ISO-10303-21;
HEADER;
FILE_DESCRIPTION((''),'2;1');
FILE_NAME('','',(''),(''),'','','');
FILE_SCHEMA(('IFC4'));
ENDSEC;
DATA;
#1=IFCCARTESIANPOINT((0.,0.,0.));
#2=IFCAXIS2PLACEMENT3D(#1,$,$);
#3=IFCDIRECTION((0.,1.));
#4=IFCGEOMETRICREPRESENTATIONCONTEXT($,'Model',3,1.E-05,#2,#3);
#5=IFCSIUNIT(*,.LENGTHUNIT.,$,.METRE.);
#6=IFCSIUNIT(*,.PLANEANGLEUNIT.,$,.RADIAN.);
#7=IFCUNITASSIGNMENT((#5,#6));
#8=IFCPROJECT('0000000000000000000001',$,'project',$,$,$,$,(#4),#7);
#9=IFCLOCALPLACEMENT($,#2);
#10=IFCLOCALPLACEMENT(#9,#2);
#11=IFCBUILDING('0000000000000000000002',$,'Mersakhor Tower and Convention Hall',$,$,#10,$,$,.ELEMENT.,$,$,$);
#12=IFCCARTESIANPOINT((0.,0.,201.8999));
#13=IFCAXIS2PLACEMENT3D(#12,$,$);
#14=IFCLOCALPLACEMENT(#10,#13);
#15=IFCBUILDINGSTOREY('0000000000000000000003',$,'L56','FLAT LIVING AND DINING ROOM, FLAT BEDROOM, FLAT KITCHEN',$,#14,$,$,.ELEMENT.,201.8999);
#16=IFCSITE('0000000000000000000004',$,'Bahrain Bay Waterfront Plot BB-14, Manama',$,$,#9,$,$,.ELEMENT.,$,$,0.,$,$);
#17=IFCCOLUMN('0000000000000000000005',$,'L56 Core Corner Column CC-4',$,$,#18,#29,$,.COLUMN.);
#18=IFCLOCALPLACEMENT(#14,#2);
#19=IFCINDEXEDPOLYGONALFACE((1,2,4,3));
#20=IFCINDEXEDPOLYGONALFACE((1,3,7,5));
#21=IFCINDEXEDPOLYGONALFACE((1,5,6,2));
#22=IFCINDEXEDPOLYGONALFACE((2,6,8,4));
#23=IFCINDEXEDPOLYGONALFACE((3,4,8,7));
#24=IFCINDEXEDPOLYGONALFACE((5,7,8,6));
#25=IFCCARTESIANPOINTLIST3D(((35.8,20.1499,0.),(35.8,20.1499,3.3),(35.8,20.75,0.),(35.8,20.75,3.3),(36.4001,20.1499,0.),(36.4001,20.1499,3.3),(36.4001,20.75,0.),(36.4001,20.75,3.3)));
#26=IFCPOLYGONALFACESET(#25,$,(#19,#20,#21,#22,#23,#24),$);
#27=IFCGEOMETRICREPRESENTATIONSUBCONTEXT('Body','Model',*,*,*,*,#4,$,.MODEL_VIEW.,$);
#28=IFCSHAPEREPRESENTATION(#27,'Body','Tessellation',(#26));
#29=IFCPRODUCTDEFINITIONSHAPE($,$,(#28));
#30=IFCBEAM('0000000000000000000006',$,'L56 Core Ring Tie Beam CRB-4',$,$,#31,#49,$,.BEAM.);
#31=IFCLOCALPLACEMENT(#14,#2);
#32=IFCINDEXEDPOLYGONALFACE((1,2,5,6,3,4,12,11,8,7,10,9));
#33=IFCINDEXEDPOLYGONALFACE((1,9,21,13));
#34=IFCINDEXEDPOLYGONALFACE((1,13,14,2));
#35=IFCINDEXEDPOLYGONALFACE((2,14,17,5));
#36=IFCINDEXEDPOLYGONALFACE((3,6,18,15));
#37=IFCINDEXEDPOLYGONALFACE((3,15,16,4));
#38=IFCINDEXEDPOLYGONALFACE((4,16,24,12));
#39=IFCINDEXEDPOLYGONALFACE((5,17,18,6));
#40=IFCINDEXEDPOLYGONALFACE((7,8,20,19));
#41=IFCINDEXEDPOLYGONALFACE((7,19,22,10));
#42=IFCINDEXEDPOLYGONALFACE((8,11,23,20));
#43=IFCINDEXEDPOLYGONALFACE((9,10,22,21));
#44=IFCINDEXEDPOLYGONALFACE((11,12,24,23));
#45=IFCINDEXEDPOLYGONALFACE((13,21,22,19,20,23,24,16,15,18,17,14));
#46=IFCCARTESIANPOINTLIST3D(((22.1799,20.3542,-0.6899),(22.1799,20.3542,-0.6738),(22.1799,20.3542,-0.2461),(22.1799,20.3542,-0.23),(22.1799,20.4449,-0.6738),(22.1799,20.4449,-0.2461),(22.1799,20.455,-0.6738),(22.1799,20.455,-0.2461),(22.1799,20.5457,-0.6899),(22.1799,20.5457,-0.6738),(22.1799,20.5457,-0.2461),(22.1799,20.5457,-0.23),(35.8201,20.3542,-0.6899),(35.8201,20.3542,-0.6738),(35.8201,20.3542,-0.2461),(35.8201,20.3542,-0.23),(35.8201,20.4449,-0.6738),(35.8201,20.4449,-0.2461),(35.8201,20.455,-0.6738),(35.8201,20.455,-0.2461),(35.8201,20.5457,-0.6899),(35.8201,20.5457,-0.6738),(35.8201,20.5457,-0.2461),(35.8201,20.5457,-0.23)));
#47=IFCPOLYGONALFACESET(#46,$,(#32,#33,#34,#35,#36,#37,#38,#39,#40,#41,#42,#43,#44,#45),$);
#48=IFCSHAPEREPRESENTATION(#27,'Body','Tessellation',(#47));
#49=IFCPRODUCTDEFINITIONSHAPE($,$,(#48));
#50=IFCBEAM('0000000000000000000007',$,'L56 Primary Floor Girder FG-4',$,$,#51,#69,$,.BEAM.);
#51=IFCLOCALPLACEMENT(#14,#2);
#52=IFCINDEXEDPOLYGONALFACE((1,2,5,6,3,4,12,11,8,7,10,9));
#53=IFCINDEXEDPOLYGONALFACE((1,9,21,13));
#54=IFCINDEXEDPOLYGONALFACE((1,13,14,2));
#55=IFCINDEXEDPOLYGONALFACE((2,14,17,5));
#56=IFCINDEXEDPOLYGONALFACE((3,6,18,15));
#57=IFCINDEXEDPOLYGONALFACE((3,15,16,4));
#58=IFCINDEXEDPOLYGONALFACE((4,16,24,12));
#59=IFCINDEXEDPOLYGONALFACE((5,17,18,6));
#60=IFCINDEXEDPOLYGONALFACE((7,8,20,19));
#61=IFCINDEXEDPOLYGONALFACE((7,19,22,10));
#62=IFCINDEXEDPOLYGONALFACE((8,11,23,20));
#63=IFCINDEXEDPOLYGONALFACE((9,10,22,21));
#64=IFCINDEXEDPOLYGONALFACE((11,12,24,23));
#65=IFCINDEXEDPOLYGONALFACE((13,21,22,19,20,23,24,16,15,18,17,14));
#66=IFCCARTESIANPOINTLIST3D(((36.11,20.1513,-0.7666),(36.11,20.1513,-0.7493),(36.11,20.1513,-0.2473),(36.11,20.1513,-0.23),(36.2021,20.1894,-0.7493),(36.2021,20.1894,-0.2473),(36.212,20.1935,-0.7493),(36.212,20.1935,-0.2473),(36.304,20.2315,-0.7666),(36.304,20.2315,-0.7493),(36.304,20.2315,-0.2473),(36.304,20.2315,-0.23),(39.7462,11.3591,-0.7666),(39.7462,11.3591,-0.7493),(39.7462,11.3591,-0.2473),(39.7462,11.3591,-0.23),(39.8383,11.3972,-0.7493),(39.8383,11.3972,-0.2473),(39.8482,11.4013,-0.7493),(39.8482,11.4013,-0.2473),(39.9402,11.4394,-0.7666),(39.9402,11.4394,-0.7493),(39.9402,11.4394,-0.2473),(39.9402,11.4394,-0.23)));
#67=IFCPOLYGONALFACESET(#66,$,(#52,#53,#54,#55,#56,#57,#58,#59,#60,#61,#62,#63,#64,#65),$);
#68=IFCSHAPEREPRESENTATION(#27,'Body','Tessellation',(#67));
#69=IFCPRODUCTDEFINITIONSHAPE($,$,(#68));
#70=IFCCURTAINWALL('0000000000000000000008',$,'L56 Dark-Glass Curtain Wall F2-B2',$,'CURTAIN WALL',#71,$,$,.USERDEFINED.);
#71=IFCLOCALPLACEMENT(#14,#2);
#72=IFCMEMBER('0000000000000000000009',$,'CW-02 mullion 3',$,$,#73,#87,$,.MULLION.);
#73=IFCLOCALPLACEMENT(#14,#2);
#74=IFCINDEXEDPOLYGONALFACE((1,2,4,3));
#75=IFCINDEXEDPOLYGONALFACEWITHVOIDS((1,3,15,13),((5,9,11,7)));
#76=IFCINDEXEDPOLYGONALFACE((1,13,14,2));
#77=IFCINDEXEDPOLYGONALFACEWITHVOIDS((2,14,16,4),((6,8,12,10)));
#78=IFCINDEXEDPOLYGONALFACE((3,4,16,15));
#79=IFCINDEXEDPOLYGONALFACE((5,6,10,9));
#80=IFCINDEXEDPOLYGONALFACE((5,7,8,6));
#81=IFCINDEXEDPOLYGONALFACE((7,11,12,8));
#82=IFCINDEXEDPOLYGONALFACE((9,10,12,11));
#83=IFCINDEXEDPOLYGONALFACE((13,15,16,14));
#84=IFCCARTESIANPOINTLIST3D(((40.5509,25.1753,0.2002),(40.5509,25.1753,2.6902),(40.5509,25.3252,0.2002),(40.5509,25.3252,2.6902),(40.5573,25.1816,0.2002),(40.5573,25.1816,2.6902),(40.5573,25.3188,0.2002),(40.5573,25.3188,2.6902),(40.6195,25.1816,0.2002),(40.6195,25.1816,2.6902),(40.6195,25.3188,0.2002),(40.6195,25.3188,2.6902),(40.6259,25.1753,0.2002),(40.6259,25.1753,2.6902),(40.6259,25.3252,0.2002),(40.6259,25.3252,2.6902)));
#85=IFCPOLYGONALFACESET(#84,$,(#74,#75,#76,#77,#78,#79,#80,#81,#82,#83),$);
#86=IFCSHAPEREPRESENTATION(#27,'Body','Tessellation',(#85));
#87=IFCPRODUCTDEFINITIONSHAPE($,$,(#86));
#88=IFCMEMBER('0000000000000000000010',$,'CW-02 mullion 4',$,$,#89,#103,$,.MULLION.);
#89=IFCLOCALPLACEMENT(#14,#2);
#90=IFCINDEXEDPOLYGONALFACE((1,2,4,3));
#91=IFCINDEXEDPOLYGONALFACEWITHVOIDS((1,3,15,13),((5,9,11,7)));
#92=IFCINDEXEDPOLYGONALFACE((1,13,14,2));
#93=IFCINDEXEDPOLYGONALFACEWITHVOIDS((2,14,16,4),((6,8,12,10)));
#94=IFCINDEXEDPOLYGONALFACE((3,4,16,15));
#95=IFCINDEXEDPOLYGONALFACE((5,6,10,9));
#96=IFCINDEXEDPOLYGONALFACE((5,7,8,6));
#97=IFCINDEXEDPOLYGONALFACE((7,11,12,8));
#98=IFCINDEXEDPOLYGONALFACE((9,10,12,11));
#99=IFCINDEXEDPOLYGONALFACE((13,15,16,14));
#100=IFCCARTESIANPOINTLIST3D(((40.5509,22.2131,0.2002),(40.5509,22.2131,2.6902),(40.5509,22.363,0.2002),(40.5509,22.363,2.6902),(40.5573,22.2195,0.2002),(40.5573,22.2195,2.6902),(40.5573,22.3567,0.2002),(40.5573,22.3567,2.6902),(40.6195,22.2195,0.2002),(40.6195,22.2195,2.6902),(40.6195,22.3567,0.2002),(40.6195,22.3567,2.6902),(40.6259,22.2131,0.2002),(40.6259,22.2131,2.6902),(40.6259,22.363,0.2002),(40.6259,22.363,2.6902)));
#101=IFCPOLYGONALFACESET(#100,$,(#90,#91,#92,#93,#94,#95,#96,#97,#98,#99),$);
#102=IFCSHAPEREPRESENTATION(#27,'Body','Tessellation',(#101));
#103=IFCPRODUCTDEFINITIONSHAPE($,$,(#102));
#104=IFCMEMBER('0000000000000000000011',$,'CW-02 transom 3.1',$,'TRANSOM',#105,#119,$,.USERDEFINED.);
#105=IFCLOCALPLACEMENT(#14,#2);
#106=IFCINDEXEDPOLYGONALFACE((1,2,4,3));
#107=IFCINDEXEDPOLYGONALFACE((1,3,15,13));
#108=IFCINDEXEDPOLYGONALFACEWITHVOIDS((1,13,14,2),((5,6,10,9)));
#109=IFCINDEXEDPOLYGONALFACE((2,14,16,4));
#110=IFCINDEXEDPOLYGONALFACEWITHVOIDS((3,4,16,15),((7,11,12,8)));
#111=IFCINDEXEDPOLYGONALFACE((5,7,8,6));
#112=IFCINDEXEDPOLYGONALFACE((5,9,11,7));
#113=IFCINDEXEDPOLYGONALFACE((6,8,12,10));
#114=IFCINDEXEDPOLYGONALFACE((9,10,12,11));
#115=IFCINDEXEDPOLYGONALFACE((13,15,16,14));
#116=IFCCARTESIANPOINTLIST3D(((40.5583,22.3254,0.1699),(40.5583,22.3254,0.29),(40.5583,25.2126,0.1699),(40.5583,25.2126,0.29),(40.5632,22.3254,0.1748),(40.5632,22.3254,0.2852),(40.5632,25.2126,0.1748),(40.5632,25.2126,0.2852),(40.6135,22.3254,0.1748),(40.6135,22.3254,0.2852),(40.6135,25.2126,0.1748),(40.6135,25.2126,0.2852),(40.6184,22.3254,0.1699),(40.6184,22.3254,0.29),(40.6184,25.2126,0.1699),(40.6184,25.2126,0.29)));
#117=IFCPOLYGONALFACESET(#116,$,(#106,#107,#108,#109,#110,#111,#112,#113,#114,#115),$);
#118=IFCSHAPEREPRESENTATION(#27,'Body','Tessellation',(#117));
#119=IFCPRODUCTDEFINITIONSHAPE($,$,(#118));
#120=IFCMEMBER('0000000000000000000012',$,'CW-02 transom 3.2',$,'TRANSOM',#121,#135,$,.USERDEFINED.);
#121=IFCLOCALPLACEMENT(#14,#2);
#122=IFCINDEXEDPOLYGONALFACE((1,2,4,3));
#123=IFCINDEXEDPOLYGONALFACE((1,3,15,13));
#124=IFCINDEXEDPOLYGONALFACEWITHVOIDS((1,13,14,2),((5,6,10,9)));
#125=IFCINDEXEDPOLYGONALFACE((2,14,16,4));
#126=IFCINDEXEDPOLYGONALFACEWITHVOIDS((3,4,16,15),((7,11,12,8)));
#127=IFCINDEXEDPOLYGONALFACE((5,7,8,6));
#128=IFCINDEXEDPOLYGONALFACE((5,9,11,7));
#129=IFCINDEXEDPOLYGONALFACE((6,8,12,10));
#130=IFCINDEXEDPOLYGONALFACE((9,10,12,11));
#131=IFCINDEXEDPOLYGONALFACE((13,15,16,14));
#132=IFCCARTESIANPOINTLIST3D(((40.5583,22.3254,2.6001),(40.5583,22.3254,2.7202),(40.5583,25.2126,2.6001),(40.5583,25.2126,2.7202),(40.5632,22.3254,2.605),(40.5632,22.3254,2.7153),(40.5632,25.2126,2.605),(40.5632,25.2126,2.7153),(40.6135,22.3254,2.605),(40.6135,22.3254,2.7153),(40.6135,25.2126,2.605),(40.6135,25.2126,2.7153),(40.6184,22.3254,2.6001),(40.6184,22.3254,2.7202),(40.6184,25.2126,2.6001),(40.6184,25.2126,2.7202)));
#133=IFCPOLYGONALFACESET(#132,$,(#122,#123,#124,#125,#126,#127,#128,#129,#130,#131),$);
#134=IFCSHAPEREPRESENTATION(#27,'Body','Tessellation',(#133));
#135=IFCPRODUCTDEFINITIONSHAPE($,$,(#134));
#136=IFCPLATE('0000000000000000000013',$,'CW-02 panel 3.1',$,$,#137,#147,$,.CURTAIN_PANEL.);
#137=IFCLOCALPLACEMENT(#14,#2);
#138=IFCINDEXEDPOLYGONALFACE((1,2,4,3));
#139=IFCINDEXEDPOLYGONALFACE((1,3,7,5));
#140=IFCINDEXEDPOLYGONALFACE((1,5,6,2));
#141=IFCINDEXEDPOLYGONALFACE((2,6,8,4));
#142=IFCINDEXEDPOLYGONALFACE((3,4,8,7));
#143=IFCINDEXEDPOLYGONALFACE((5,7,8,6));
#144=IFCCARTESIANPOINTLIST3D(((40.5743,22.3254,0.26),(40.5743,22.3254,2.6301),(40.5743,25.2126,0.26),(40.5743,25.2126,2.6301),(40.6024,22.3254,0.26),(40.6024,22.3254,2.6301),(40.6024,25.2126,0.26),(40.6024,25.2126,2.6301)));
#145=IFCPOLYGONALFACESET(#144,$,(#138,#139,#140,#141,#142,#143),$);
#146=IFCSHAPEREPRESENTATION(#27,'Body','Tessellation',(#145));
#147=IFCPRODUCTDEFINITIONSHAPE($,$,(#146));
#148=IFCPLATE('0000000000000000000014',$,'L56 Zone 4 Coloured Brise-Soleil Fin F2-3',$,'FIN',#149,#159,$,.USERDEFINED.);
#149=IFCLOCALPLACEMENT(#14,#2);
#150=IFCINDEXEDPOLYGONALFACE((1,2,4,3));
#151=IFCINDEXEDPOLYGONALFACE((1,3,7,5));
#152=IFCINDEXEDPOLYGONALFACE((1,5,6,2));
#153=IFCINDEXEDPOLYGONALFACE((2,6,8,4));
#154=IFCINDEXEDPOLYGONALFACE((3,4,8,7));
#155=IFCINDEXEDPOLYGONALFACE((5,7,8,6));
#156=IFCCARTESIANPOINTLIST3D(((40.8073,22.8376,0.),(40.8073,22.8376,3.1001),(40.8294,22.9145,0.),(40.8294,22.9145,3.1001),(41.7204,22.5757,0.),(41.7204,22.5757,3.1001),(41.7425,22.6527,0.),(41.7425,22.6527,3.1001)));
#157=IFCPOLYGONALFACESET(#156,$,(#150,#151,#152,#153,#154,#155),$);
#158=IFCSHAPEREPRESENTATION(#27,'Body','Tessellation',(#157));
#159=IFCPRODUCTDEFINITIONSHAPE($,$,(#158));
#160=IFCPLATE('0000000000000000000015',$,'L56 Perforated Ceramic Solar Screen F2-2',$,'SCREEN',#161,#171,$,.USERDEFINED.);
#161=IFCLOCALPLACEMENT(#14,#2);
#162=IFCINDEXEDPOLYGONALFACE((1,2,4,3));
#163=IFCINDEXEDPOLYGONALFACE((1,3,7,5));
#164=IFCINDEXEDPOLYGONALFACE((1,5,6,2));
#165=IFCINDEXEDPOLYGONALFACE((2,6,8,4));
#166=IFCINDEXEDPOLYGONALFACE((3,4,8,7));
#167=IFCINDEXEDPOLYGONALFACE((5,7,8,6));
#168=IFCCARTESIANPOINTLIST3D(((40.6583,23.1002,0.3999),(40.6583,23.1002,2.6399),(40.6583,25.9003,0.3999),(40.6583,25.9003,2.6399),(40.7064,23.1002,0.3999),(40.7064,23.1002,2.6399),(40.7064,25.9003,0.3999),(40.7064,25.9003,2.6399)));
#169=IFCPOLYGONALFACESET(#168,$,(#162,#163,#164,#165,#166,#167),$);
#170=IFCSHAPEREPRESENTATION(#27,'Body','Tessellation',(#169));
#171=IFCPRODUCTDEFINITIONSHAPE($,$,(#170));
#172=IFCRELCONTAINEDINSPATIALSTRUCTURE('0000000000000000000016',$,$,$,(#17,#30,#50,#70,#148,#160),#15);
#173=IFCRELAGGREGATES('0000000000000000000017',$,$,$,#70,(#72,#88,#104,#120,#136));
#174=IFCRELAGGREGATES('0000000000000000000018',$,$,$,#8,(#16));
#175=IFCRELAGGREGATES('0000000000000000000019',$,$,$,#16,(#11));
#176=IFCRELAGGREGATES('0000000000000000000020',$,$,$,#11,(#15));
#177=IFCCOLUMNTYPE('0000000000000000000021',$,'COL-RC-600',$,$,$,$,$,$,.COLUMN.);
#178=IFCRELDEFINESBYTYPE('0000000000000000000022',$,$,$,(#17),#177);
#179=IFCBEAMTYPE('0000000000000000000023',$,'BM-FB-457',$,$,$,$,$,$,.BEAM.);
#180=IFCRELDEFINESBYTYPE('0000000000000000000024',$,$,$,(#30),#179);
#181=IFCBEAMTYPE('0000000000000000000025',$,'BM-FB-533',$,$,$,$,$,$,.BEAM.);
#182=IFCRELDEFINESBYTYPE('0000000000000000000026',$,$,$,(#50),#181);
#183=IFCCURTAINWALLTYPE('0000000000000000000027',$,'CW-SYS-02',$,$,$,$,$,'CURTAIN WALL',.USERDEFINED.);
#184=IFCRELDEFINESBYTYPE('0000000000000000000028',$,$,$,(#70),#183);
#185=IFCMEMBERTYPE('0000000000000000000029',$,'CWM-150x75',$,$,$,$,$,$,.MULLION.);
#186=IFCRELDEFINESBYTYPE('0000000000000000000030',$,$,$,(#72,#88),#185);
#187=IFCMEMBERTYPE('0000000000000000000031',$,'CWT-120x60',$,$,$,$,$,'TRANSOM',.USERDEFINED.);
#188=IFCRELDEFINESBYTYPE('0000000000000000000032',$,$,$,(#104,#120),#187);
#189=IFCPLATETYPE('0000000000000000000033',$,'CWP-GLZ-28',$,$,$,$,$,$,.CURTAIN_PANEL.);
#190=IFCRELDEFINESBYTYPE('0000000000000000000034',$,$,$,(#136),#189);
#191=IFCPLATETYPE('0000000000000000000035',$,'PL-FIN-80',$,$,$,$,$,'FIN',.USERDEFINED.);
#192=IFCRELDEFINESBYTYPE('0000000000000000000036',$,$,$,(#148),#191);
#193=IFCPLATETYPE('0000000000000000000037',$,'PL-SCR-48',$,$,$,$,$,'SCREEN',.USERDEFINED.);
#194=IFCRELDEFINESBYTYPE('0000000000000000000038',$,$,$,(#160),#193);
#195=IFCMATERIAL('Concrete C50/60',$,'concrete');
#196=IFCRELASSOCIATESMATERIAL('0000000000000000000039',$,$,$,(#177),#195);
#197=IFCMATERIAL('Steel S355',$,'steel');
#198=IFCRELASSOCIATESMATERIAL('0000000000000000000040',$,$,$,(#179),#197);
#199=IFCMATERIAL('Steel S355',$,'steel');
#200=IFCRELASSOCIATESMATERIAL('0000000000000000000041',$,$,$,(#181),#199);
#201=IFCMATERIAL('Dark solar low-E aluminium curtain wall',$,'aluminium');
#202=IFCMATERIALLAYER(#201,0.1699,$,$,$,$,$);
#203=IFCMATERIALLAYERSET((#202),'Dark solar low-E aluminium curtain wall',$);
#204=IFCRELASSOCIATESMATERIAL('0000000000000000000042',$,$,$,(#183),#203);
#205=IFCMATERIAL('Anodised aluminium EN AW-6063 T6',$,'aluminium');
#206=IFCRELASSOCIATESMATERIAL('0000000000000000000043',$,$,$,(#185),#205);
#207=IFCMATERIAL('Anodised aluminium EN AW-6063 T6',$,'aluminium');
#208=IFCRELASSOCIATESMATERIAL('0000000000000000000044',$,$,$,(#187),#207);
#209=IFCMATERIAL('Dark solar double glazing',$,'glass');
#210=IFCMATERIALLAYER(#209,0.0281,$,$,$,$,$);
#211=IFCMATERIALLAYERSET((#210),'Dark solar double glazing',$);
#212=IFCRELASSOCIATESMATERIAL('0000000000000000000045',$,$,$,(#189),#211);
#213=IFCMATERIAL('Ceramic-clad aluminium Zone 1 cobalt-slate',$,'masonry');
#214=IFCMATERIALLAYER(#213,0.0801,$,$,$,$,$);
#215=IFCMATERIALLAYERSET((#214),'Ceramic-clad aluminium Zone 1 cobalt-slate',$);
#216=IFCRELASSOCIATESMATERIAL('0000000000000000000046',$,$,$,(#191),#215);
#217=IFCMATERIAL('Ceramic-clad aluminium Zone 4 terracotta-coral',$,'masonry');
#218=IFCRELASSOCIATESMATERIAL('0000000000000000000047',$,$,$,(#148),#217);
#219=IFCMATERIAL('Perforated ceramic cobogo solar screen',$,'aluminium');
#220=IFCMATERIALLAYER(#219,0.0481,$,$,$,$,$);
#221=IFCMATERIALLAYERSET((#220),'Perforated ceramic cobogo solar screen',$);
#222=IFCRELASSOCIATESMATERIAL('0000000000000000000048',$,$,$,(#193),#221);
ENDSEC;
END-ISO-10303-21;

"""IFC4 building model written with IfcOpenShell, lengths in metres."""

from ifc_helpers import new_model, si_unit, direction, frame, origin, origin_2d, place, context, subcontext, project, spatial, rectangle, hollow_rectangle, i_section, extrude, material, layer, layer_set, material_profile, profile_set, type_object, element, aggregate, save


model = new_model("IFC4")

# Units and contexts
model_context = context("Model", 3, precision=1e-05, world=origin(), true_north=direction((0.0, 1.0)))
body_context = subcontext(model_context, "Body", "Model", "MODEL_VIEW")
ifc_project = project(units=[si_unit("LENGTHUNIT", "METRE"), si_unit("PLANEANGLEUNIT", "RADIAN")], contexts=[model_context])

# Site, building, storey
site_placement = place(None, origin())
site = spatial("IfcSite", under=ifc_project, at=site_placement, Name="Bahrain Bay Waterfront Plot BB-14, Manama", CompositionType="ELEMENT", RefElevation=0.0)
building_placement = place(site_placement, origin())
building = spatial("IfcBuilding", under=site, at=building_placement, Name="Mersakhor Tower and Convention Hall", CompositionType="ELEMENT")
storey_placement = place(building_placement, frame((0.0, 0.0, 201.8999)))
storey = spatial("IfcBuildingStorey", under=building, at=storey_placement, Name="L56", Description="FLAT LIVING AND DINING ROOM, FLAT BEDROOM, FLAT KITCHEN", CompositionType="ELEMENT", Elevation=201.8999)

# Column
ifc_material_1 = material(Name="Concrete C50/60", Category="concrete")
ifc_material_profile_1 = material_profile(ifc_material_1, rectangle(XDim=0.6001, YDim=0.6001, at=origin_2d()), Name="RC 600x600")
ifc_profile_set_1 = profile_set([ifc_material_profile_1], Name="Concrete C50/60")
column_type = type_object("IfcColumnType", Name="COL-RC-600", PredefinedType="COLUMN", material=ifc_profile_set_1)
column_placement = place(storey_placement, frame((36.1001, 20.45, 0.0), z_axis=(0.0, 0.0, 1.0), x_axis=(1.0, 0.0, 0.0)))
element("IfcColumn", 1, at=column_placement, inside=storey, type_object=column_type, Name="L56 Core Corner Column CC-4", PredefinedType="COLUMN", context=body_context, shape_type="SweptSolid", body=[
    extrude(rectangle(XDim=0.6001, YDim=0.6001, at=origin_2d()), origin(), (0.0, 0.0, 1.0), 3.3),
])

# Beams
ifc_material_2 = material(Name="Steel S355", Category="steel")
ifc_material_profile_2 = material_profile(ifc_material_2, i_section(OverallWidth=0.1914, OverallDepth=0.46, WebThickness=0.01, FlangeThickness=0.0161, at=origin_2d()), Name="UB 457x191x82")
ifc_profile_set_2 = profile_set([ifc_material_profile_2], Name="Steel S355")
beam_type_1 = type_object("IfcBeamType", Name="BM-FB-457", PredefinedType="BEAM", material=ifc_profile_set_2)
beam_1_placement = place(storey_placement, frame((35.8201, 20.45, -0.46), z_axis=(-1.0, 0.0, 0.0), x_axis=(0.0, -1.0, 0.0)))
element("IfcBeam", 2, at=beam_1_placement, inside=storey, type_object=beam_type_1, Name="L56 Core Ring Tie Beam CRB-4", PredefinedType="BEAM", context=body_context, shape_type="SweptSolid", body=[
    extrude(i_section(OverallWidth=0.1914, OverallDepth=0.46, WebThickness=0.01, FlangeThickness=0.0161, at=origin_2d()), origin(), (0.0, 0.0, 1.0), 13.6401),
])
ifc_material_3 = material(Name="Steel S355", Category="steel")
ifc_material_profile_3 = material_profile(ifc_material_3, i_section(OverallWidth=0.21, OverallDepth=0.5366, WebThickness=0.0107, FlangeThickness=0.0173, at=origin_2d()), Name="UB 533x210x101")
ifc_profile_set_3 = profile_set([ifc_material_profile_3], Name="Steel S355")
beam_type_2 = type_object("IfcBeamType", Name="BM-FB-533", PredefinedType="BEAM", material=ifc_profile_set_3)
beam_2_placement = place(storey_placement, frame((36.207, 20.1914, -0.4983), z_axis=(0.382178, -0.924089, 0.0), x_axis=(0.924089, 0.382178, 0.0)))
element("IfcBeam", 3, at=beam_2_placement, inside=storey, type_object=beam_type_2, Name="L56 Primary Floor Girder FG-4", PredefinedType="BEAM", context=body_context, shape_type="SweptSolid", body=[
    extrude(i_section(OverallWidth=0.21, OverallDepth=0.5366, WebThickness=0.0107, FlangeThickness=0.0173, at=origin_2d()), origin(), (0.0, 0.0, 1.0), 9.5144),
])

# Curtain wall, members, plate
ifc_material_4 = material(Name="Dark solar low-E aluminium curtain wall", Category="aluminium")
ifc_layer_1 = layer(ifc_material_4, 0.1699)
ifc_layer_set_1 = layer_set([ifc_layer_1], Name="Dark solar low-E aluminium curtain wall")
curtain_wall_type = type_object("IfcCurtainWallType", Name="CW-SYS-02", ElementType="CURTAIN WALL", PredefinedType="USERDEFINED", material=ifc_layer_set_1)
curtain_wall_placement = place(storey_placement, origin())
curtain_wall = element("IfcCurtainWall", 4, at=curtain_wall_placement, inside=storey, type_object=curtain_wall_type, Name="L56 Dark-Glass Curtain Wall F2-B2", ObjectType="CURTAIN WALL", PredefinedType="USERDEFINED")
ifc_material_5 = material(Name="Anodised aluminium EN AW-6063 T6", Category="aluminium")
ifc_material_profile_4 = material_profile(ifc_material_5, hollow_rectangle(XDim=0.075, YDim=0.1499, WallThickness=0.0063, at=origin_2d()), Name="RHS 150x75x6.3")
ifc_profile_set_4 = profile_set([ifc_material_profile_4], Name="Anodised aluminium EN AW-6063 T6")
member_type_1 = type_object("IfcMemberType", Name="CWM-150x75", PredefinedType="MULLION", material=ifc_profile_set_4)
member_1_placement = place(storey_placement, frame((40.5884, 25.2502, 0.2002), z_axis=(0.0, 0.0, 1.0), x_axis=(1.0, 0.0, 0.0)))
member_1 = element("IfcMember", 5, at=member_1_placement, type_object=member_type_1, Name="CW-02 mullion 3", PredefinedType="MULLION", context=body_context, shape_type="SweptSolid", body=[
    extrude(hollow_rectangle(XDim=0.075, YDim=0.1499, WallThickness=0.0063, at=origin_2d()), origin(), (0.0, 0.0, 1.0), 2.49),
])
member_2_placement = place(storey_placement, frame((40.5884, 22.2881, 0.2002), z_axis=(0.0, 0.0, 1.0), x_axis=(1.0, 0.0, 0.0)))
member_2 = element("IfcMember", 6, at=member_2_placement, type_object=member_type_1, Name="CW-02 mullion 4", PredefinedType="MULLION", context=body_context, shape_type="SweptSolid", body=[
    extrude(hollow_rectangle(XDim=0.075, YDim=0.1499, WallThickness=0.0063, at=origin_2d()), origin(), (0.0, 0.0, 1.0), 2.49),
])
ifc_material_6 = material(Name="Anodised aluminium EN AW-6063 T6", Category="aluminium")
ifc_material_profile_5 = material_profile(ifc_material_6, hollow_rectangle(XDim=0.0601, YDim=0.1201, WallThickness=0.0049, at=origin_2d()), Name="RHS 120x60x5")
ifc_profile_set_5 = profile_set([ifc_material_profile_5], Name="Anodised aluminium EN AW-6063 T6")
member_type_2 = type_object("IfcMemberType", Name="CWT-120x60", ElementType="TRANSOM", PredefinedType="USERDEFINED", material=ifc_profile_set_5)
member_3_placement = place(storey_placement, frame((40.5884, 25.2126, 0.23), z_axis=(0.0, -1.0, 0.0), x_axis=(1.0, 0.0, 0.0)))
member_3 = element("IfcMember", 7, at=member_3_placement, type_object=member_type_2, Name="CW-02 transom 3.1", ObjectType="TRANSOM", PredefinedType="USERDEFINED", context=body_context, shape_type="SweptSolid", body=[
    extrude(hollow_rectangle(XDim=0.0601, YDim=0.1201, WallThickness=0.0049, at=origin_2d()), origin(), (0.0, 0.0, 1.0), 2.8872),
])
member_4_placement = place(storey_placement, frame((40.5884, 25.2126, 2.6602), z_axis=(0.0, -1.0, 0.0), x_axis=(1.0, 0.0, 0.0)))
member_4 = element("IfcMember", 8, at=member_4_placement, type_object=member_type_2, Name="CW-02 transom 3.2", ObjectType="TRANSOM", PredefinedType="USERDEFINED", context=body_context, shape_type="SweptSolid", body=[
    extrude(hollow_rectangle(XDim=0.0601, YDim=0.1201, WallThickness=0.0049, at=origin_2d()), origin(), (0.0, 0.0, 1.0), 2.8872),
])
ifc_material_7 = material(Name="Dark solar double glazing", Category="glass")
ifc_layer_2 = layer(ifc_material_7, 0.0281)
ifc_layer_set_2 = layer_set([ifc_layer_2], Name="Dark solar double glazing")
plate_type_1 = type_object("IfcPlateType", Name="CWP-GLZ-28", PredefinedType="CURTAIN_PANEL", material=ifc_layer_set_2)
plate_1_placement = place(storey_placement, frame((40.5884, 23.769, 0.26), z_axis=(0.0, 0.0, 1.0), x_axis=(0.0, -1.0, 0.0)))
plate_1 = element("IfcPlate", 9, at=plate_1_placement, type_object=plate_type_1, Name="CW-02 panel 3.1", PredefinedType="CURTAIN_PANEL", context=body_context, shape_type="SweptSolid", body=[
    extrude(rectangle(XDim=2.8872, YDim=0.0281, at=origin_2d()), origin(), (0.0, 0.0, 1.0), 2.3701),
])
aggregate(curtain_wall, [member_1, member_2, member_3, member_4, plate_1])

# Plates
ifc_material_8 = material(Name="Ceramic-clad aluminium Zone 4 terracotta-coral", Category="masonry")
ifc_material_9 = material(Name="Ceramic-clad aluminium Zone 1 cobalt-slate", Category="masonry")
ifc_layer_3 = layer(ifc_material_9, 0.0801)
ifc_layer_set_3 = layer_set([ifc_layer_3], Name="Ceramic-clad aluminium Zone 1 cobalt-slate")
plate_type_2 = type_object("IfcPlateType", Name="PL-FIN-80", ElementType="FIN", PredefinedType="USERDEFINED", material=ifc_layer_set_3)
plate_2_placement = place(storey_placement, frame((41.2749, 22.7451, 0.0), z_axis=(0.0, 0.0, 1.0), x_axis=(0.961262, -0.275637, 0.0)))
element("IfcPlate", 10, at=plate_2_placement, inside=storey, type_object=plate_type_2, material=ifc_material_8, Name="L56 Zone 4 Coloured Brise-Soleil Fin F2-3", ObjectType="FIN", PredefinedType="USERDEFINED", context=body_context, shape_type="SweptSolid", body=[
    extrude(rectangle(XDim=0.95, YDim=0.0801, at=origin_2d()), origin(), (0.0, 0.0, 1.0), 3.1001),
])
ifc_material_10 = material(Name="Perforated ceramic cobogo solar screen", Category="aluminium")
ifc_layer_4 = layer(ifc_material_10, 0.0481)
ifc_layer_set_4 = layer_set([ifc_layer_4], Name="Perforated ceramic cobogo solar screen")
plate_type_3 = type_object("IfcPlateType", Name="PL-SCR-48", ElementType="SCREEN", PredefinedType="USERDEFINED", material=ifc_layer_set_4)
plate_3_placement = place(storey_placement, frame((40.6824, 24.5002, 0.3999), z_axis=(0.0, 0.0, 1.0), x_axis=(0.0, -1.0, 0.0)))
element("IfcPlate", 11, at=plate_3_placement, inside=storey, type_object=plate_type_3, Name="L56 Perforated Ceramic Solar Screen F2-2", ObjectType="SCREEN", PredefinedType="USERDEFINED", context=body_context, shape_type="SweptSolid", body=[
    extrude(rectangle(XDim=2.8, YDim=0.0481, at=origin_2d()), origin(), (0.0, 0.0, 1.0), 2.24),
])

save(model, "model.ifc")
